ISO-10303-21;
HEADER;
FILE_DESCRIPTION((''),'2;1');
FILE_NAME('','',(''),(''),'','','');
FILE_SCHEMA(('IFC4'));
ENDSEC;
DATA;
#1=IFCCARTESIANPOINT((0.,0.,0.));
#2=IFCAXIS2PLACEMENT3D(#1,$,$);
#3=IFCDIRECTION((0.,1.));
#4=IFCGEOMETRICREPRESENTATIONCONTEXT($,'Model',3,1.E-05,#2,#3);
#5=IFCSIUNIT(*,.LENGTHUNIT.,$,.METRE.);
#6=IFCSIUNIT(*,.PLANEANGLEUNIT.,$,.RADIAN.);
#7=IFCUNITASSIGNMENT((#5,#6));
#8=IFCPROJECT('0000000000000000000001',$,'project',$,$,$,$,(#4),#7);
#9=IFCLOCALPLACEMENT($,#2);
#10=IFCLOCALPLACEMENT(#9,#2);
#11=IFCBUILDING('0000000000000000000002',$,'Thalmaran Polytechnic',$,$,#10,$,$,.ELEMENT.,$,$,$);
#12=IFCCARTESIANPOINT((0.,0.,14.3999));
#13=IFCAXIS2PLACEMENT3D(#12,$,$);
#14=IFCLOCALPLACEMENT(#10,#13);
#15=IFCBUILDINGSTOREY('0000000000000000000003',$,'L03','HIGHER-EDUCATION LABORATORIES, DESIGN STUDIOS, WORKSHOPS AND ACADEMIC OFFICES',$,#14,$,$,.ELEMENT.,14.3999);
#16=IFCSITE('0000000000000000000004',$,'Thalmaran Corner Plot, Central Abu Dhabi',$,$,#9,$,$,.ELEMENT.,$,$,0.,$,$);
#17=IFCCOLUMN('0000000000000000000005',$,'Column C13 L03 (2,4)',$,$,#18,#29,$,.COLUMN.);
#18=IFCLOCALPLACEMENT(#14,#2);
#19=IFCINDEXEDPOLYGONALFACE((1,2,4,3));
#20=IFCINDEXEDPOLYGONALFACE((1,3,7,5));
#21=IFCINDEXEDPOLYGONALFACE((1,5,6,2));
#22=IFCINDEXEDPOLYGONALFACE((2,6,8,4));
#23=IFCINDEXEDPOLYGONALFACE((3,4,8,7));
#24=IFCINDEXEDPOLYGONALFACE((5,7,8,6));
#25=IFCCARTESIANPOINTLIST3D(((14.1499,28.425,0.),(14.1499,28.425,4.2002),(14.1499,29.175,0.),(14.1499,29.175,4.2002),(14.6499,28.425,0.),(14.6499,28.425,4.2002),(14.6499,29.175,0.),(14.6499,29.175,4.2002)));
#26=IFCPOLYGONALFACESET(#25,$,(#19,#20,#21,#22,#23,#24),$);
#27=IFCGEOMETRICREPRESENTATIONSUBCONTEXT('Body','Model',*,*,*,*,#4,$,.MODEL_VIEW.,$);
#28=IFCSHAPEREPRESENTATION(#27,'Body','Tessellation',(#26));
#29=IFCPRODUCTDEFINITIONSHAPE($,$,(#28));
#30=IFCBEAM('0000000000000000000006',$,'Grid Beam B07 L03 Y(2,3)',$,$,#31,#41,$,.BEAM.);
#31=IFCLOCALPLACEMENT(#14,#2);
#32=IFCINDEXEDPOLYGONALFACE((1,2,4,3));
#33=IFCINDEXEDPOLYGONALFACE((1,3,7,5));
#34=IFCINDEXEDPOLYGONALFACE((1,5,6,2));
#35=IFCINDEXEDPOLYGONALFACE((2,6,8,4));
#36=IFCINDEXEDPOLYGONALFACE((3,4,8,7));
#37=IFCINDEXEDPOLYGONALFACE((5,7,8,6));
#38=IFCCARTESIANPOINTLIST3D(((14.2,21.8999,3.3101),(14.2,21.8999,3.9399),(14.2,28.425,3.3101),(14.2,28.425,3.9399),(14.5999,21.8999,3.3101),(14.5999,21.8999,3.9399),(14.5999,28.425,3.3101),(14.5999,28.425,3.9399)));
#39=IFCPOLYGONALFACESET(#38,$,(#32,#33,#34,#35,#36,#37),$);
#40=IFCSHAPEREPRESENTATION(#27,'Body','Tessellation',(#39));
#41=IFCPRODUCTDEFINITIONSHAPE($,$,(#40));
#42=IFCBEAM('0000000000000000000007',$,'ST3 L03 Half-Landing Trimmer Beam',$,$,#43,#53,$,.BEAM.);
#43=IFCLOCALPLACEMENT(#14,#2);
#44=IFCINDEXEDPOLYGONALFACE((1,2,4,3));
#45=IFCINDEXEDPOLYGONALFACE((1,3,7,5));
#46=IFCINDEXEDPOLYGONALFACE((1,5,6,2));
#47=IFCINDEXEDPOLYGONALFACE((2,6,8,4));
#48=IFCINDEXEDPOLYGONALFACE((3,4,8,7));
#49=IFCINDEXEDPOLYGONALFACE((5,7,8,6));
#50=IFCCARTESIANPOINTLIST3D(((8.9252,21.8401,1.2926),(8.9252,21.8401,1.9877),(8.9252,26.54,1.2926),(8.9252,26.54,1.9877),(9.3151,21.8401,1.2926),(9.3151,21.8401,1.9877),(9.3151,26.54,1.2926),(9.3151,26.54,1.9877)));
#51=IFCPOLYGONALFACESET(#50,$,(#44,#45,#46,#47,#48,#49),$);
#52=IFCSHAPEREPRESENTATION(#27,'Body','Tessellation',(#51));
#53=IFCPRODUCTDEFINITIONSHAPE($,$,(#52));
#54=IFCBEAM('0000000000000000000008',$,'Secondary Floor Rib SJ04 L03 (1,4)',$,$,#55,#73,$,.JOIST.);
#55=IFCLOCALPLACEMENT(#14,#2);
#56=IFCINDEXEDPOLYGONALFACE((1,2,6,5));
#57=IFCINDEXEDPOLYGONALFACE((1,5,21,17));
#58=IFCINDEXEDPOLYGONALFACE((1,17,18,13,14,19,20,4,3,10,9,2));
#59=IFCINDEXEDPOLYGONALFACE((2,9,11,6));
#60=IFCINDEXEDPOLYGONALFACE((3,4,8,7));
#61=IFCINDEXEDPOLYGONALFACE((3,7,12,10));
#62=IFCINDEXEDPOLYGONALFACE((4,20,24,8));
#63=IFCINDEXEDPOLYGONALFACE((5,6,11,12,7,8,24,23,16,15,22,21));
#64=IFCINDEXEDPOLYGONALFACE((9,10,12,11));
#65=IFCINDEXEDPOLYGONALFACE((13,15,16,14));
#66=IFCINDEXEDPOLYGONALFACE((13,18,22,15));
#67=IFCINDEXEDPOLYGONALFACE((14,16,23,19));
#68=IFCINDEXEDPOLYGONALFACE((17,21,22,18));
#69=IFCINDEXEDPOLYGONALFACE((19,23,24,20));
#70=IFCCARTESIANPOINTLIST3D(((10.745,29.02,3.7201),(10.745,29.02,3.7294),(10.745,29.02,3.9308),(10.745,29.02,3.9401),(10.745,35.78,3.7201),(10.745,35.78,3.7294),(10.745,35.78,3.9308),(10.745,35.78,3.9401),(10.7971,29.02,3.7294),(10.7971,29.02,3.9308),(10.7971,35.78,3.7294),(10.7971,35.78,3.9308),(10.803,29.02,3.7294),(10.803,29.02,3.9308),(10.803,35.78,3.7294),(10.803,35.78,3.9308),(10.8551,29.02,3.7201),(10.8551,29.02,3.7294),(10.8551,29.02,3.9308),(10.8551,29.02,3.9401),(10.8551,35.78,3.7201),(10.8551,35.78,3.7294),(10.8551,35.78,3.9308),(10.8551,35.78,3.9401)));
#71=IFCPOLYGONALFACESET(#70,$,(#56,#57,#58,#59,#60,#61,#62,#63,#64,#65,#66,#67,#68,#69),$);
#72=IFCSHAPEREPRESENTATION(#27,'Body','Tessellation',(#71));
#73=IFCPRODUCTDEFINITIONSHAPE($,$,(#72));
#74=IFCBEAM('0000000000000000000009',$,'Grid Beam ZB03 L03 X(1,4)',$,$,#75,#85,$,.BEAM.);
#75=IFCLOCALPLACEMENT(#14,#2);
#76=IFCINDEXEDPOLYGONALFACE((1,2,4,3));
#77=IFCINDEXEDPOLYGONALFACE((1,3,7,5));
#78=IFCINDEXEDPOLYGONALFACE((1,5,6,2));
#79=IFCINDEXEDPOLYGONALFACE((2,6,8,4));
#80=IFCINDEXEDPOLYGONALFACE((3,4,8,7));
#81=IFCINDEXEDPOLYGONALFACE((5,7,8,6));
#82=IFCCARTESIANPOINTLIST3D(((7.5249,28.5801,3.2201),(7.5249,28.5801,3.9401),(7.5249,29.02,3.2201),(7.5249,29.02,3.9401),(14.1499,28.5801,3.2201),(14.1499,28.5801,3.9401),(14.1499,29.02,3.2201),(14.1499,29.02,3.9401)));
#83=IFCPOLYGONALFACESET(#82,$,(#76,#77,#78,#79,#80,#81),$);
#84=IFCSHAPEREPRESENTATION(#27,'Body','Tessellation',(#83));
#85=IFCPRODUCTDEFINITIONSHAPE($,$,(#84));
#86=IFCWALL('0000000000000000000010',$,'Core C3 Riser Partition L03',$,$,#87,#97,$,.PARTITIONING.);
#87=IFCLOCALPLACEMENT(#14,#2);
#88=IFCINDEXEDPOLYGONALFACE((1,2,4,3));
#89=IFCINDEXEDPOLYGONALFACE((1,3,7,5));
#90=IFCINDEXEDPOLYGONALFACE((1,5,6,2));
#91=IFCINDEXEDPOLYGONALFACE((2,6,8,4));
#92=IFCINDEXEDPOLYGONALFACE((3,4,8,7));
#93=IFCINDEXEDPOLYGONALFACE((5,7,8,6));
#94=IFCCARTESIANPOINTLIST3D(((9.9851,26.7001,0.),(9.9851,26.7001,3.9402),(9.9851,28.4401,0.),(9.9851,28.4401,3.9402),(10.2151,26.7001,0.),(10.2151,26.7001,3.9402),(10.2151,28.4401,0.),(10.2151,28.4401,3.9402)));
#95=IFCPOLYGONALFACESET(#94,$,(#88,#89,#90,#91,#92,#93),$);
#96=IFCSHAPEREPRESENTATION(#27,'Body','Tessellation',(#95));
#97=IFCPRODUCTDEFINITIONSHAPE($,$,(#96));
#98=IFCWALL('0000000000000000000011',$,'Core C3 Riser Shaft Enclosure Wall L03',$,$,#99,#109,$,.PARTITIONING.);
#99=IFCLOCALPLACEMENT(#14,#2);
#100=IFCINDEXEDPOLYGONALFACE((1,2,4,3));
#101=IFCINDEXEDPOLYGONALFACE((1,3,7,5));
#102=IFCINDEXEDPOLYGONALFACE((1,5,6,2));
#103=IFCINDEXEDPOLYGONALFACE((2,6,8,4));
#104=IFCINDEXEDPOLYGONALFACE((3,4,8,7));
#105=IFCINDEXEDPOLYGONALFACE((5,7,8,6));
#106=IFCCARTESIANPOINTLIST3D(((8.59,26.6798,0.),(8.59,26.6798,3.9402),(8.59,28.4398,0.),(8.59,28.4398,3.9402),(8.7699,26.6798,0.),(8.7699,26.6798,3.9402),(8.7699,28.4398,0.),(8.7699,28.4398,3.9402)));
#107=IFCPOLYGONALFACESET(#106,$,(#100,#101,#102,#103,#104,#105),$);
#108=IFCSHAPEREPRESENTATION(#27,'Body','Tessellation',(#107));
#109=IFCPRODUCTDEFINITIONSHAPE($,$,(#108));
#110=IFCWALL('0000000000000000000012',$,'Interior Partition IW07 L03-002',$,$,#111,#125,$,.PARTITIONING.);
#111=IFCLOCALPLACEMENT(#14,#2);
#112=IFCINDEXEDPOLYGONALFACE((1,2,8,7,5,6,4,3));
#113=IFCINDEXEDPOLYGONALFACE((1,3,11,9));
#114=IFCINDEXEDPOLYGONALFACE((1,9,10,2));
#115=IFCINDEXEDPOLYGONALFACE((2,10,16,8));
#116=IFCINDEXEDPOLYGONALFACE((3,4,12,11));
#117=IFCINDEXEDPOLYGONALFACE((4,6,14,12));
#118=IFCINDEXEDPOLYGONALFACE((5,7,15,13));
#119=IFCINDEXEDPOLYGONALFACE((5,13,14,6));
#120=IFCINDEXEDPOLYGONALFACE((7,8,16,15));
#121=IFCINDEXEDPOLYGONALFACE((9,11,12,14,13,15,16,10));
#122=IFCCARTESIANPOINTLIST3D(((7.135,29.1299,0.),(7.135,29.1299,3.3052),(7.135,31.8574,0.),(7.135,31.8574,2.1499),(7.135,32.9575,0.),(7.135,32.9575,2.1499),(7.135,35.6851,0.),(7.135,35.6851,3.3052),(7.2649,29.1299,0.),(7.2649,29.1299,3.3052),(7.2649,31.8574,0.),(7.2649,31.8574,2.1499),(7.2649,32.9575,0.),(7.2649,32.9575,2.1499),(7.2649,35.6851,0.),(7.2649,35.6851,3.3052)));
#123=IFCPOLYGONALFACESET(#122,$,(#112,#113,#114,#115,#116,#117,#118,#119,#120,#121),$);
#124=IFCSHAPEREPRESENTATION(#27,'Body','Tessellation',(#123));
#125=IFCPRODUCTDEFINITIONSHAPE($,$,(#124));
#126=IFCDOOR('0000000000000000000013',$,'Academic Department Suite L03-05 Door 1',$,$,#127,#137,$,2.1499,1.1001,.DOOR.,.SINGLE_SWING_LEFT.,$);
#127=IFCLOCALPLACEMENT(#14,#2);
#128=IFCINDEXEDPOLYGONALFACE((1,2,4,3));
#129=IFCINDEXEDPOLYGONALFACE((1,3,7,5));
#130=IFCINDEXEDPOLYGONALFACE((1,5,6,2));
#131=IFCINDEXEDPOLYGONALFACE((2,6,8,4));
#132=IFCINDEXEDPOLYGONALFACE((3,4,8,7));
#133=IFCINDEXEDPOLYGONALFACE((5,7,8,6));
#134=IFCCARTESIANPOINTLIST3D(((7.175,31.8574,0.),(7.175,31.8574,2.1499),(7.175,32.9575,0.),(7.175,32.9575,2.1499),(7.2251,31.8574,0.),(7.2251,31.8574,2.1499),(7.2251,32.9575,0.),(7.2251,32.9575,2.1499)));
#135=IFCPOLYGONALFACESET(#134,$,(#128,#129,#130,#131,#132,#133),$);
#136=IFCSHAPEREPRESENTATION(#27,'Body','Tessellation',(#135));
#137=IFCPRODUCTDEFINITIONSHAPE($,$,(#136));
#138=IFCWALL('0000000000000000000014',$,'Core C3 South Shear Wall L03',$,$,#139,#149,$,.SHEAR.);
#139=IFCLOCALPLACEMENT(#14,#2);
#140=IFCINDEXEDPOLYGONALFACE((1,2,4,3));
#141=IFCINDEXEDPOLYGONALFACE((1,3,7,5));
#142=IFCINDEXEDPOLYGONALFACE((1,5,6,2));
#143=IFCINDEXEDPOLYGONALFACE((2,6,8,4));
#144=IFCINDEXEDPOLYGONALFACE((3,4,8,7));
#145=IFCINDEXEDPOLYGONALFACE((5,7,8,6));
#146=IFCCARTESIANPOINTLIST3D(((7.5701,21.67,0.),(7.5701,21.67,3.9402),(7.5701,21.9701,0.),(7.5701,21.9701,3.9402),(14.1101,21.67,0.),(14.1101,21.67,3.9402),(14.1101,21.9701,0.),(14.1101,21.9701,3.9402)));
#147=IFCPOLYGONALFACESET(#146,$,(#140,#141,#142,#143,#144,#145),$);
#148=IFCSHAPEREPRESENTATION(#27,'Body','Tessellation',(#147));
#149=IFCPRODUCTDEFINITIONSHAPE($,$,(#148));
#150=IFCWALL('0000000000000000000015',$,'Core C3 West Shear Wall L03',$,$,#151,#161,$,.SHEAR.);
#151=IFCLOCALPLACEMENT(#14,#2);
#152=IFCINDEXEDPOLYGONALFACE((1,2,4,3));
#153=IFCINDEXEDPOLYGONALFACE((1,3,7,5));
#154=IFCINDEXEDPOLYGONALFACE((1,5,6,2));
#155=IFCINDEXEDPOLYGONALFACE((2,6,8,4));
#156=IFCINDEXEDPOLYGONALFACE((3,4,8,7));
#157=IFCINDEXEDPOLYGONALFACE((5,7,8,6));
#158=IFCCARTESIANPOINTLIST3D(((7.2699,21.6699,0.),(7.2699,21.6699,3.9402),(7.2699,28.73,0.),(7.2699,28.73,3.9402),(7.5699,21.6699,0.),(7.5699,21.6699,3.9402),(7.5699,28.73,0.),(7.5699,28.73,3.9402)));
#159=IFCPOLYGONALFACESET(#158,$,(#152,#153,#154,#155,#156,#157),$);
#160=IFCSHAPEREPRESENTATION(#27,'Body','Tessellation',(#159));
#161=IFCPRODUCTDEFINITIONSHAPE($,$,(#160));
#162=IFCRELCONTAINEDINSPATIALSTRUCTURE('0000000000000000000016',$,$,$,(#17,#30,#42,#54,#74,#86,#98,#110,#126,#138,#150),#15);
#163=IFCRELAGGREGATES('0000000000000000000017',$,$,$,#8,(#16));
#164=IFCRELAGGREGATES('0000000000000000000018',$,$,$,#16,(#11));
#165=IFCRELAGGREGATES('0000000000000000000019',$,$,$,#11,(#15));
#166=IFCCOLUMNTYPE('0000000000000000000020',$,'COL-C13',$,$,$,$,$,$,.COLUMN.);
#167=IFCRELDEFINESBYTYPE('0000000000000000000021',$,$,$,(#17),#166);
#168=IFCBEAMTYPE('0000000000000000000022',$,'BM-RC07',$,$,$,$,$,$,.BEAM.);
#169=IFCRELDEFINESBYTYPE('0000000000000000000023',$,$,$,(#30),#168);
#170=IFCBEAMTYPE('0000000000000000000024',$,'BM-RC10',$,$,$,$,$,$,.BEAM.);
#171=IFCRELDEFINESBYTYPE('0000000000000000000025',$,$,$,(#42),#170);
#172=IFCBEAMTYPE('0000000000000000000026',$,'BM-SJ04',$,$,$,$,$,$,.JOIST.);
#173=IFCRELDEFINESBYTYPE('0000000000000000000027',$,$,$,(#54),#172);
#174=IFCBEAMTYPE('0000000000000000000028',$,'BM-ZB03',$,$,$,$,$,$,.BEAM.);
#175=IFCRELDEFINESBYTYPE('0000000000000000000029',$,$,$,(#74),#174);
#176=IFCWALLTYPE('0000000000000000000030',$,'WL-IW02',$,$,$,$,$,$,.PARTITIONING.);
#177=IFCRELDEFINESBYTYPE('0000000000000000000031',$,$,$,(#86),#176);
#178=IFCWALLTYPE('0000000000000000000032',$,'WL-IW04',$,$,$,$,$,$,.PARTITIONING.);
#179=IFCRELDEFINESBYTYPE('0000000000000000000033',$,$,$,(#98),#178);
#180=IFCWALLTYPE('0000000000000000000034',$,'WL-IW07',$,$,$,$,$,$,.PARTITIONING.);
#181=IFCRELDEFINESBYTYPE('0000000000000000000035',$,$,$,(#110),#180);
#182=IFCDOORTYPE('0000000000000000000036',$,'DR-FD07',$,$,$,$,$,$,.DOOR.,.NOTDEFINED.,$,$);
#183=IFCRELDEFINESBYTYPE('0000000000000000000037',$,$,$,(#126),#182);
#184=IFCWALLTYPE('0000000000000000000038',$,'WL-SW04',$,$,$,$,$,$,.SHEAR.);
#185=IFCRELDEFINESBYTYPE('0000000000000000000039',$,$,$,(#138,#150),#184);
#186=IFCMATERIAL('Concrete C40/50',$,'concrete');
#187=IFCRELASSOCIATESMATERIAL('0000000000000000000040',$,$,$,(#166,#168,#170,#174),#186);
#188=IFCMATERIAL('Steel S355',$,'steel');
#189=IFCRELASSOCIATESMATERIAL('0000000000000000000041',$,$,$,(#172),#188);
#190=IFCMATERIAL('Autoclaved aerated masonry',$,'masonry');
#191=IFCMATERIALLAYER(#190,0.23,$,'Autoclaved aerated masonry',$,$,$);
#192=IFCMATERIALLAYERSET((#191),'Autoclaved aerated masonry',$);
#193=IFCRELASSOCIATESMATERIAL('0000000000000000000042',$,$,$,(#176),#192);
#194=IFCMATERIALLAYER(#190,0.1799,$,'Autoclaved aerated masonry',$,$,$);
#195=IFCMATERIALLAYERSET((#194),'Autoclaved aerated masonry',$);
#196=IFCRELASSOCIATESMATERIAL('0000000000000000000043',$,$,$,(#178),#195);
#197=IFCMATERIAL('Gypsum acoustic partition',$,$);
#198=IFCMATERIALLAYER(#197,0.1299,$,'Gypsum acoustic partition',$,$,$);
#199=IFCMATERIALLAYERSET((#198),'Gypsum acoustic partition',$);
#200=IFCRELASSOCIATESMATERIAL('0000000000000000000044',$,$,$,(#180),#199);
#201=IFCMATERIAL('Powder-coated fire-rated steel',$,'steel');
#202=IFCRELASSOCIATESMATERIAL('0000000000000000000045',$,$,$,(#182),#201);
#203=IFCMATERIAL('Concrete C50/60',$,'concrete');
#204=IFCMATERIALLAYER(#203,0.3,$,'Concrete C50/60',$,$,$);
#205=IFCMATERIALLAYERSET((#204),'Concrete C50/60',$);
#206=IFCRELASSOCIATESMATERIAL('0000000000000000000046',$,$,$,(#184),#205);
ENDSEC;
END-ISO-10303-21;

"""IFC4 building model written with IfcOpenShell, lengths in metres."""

from ifc_helpers import new_model, si_unit, direction, frame, frame_2d, origin, origin_2d, place, context, subcontext, project, spatial, rectangle, i_section, extrude, material, layer, layer_set, material_profile, profile_set, type_object, element, fill, save


model = new_model("IFC4")

# Units and contexts
model_context = context("Model", 3, precision=1e-05, world=origin(), true_north=direction((0.0, 1.0)))
body_context = subcontext(model_context, "Body", "Model", "MODEL_VIEW")
ifc_project = project(units=[si_unit("LENGTHUNIT", "METRE"), si_unit("PLANEANGLEUNIT", "RADIAN")], contexts=[model_context])

# Site, building, storey
site_placement = place(None, origin())
site = spatial("IfcSite", under=ifc_project, at=site_placement, Name="Thalmaran Corner Plot, Central Abu Dhabi", CompositionType="ELEMENT", RefElevation=0.0)
building_placement = place(site_placement, origin())
building = spatial("IfcBuilding", under=site, at=building_placement, Name="Thalmaran Polytechnic", CompositionType="ELEMENT")
storey_placement = place(building_placement, frame((0.0, 0.0, 14.3999)))
storey = spatial("IfcBuildingStorey", under=building, at=storey_placement, Name="L03", Description="HIGHER-EDUCATION LABORATORIES, DESIGN STUDIOS, WORKSHOPS AND ACADEMIC OFFICES", CompositionType="ELEMENT", Elevation=14.3999)

# Column
ifc_material_1 = material(Name="Concrete C40/50", Category="concrete")
ifc_material_profile_1 = material_profile(ifc_material_1, rectangle(XDim=0.5, YDim=0.75, at=origin_2d()), Name="RC 500x750")
ifc_profile_set_1 = profile_set([ifc_material_profile_1], Name="Concrete C40/50")
column_type = type_object("IfcColumnType", Name="COL-C13", PredefinedType="COLUMN", material=ifc_profile_set_1)
column_placement = place(storey_placement, frame((14.3999, 28.8, 0.0), z_axis=(0.0, 0.0, 1.0), x_axis=(1.0, 0.0, 0.0)))
element("IfcColumn", 1, at=column_placement, inside=storey, type_object=column_type, Name="Column C13 L03 (2,4)", PredefinedType="COLUMN", context=body_context, shape_type="SweptSolid", body=[
    extrude(rectangle(XDim=0.5, YDim=0.75, at=origin_2d()), origin(), (0.0, 0.0, 1.0), 4.2002),
])

# Beams
ifc_material_profile_2 = material_profile(ifc_material_1, rectangle(XDim=0.3999, YDim=0.6299, at=origin_2d()), Name="RC 400x630")
ifc_profile_set_2 = profile_set([ifc_material_profile_2], Name="Concrete C40/50")
beam_type_1 = type_object("IfcBeamType", Name="BM-RC07", PredefinedType="BEAM", material=ifc_profile_set_2)
beam_1_placement = place(storey_placement, frame((14.3999, 21.8999, 3.625), z_axis=(0.0, 1.0, 0.0), x_axis=(-1.0, 0.0, 0.0)))
element("IfcBeam", 2, at=beam_1_placement, inside=storey, type_object=beam_type_1, Name="Grid Beam B07 L03 Y(2,3)", PredefinedType="BEAM", context=body_context, shape_type="SweptSolid", body=[
    extrude(rectangle(XDim=0.3999, YDim=0.6299, at=origin_2d()), origin(), (0.0, 0.0, 1.0), 6.5251),
])
ifc_material_profile_3 = material_profile(ifc_material_1, rectangle(XDim=0.3899, YDim=0.6951, at=origin_2d()), Name="RC 390x695")
ifc_profile_set_3 = profile_set([ifc_material_profile_3], Name="Concrete C40/50")
beam_type_2 = type_object("IfcBeamType", Name="BM-RC10", PredefinedType="BEAM", material=ifc_profile_set_3)
beam_2_placement = place(storey_placement, frame((9.1201, 21.8401, 1.6401), z_axis=(0.0, 1.0, 0.0), x_axis=(-1.0, 0.0, 0.0)))
element("IfcBeam", 3, at=beam_2_placement, inside=storey, type_object=beam_type_2, Name="ST3 L03 Half-Landing Trimmer Beam", PredefinedType="BEAM", context=body_context, shape_type="SweptSolid", body=[
    extrude(rectangle(XDim=0.3899, YDim=0.6951, at=origin_2d()), origin(), (0.0, 0.0, 1.0), 4.7),
])
ifc_material_2 = material(Name="Steel S355", Category="steel")
ifc_material_profile_4 = material_profile(ifc_material_2, i_section(OverallWidth=0.1101, OverallDepth=0.22, WebThickness=0.0059, FlangeThickness=0.0093, at=origin_2d()), Name="IPE 220")
ifc_profile_set_4 = profile_set([ifc_material_profile_4], Name="Steel S355")
beam_type_3 = type_object("IfcBeamType", Name="BM-SJ04", PredefinedType="JOIST", material=ifc_profile_set_4)
beam_3_placement = place(storey_placement, frame((10.8, 29.02, 3.8301), z_axis=(0.0, 1.0, 0.0), x_axis=(-1.0, 0.0, 0.0)))
element("IfcBeam", 4, at=beam_3_placement, inside=storey, type_object=beam_type_3, Name="Secondary Floor Rib SJ04 L03 (1,4)", PredefinedType="JOIST", context=body_context, shape_type="SweptSolid", body=[
    extrude(i_section(OverallWidth=0.1101, OverallDepth=0.22, WebThickness=0.0059, FlangeThickness=0.0093, at=origin_2d()), origin(), (0.0, 0.0, 1.0), 6.76),
])
ifc_material_profile_5 = material_profile(ifc_material_1, rectangle(XDim=0.4399, YDim=0.72, at=origin_2d()), Name="RC 440x720")
ifc_profile_set_5 = profile_set([ifc_material_profile_5], Name="Concrete C40/50")
beam_type_4 = type_object("IfcBeamType", Name="BM-ZB03", PredefinedType="BEAM", material=ifc_profile_set_5)
beam_4_placement = place(storey_placement, frame((7.5249, 28.8, 3.5801), z_axis=(1.0, 0.0, 0.0), x_axis=(0.0, 1.0, 0.0)))
element("IfcBeam", 5, at=beam_4_placement, inside=storey, type_object=beam_type_4, Name="Grid Beam ZB03 L03 X(1,4)", PredefinedType="BEAM", context=body_context, shape_type="SweptSolid", body=[
    extrude(rectangle(XDim=0.4399, YDim=0.72, at=origin_2d()), origin(), (0.0, 0.0, 1.0), 6.625),
])

# Walls
ifc_material_3 = material(Name="Autoclaved aerated masonry", Category="masonry")
ifc_layer_1 = layer(ifc_material_3, 0.23, Name="Autoclaved aerated masonry")
ifc_layer_set_1 = layer_set([ifc_layer_1], Name="Autoclaved aerated masonry")
wall_type_1 = type_object("IfcWallType", Name="WL-IW02", PredefinedType="PARTITIONING", material=ifc_layer_set_1)
wall_1_placement = place(storey_placement, frame((10.1001, 26.7, 0.0), z_axis=(0.0, 0.0, 1.0), x_axis=(0.0, 1.0, 0.0)))
element("IfcWall", 6, at=wall_1_placement, inside=storey, type_object=wall_type_1, Name="Core C3 Riser Partition L03", PredefinedType="PARTITIONING", context=body_context, shape_type="SweptSolid", body=[
    extrude(rectangle(XDim=1.74, YDim=0.23, at=frame_2d((0.8701, 0.0))), origin(), (0.0, 0.0, 1.0), 3.9402),
])
ifc_layer_2 = layer(ifc_material_3, 0.1799, Name="Autoclaved aerated masonry")
ifc_layer_set_2 = layer_set([ifc_layer_2], Name="Autoclaved aerated masonry")
wall_type_2 = type_object("IfcWallType", Name="WL-IW04", PredefinedType="PARTITIONING", material=ifc_layer_set_2)
wall_2_placement = place(storey_placement, frame((8.6799, 26.6799, 0.0), z_axis=(0.0, 0.0, 1.0), x_axis=(0.0, 1.0, 0.0)))
element("IfcWall", 7, at=wall_2_placement, inside=storey, type_object=wall_type_2, Name="Core C3 Riser Shaft Enclosure Wall L03", PredefinedType="PARTITIONING", context=body_context, shape_type="SweptSolid", body=[
    extrude(rectangle(XDim=1.76, YDim=0.1799, at=frame_2d((0.8799, 0.0))), origin(), (0.0, 0.0, 1.0), 3.9402),
])

# Wall, opening, door
ifc_material_4 = material(Name="Gypsum acoustic partition")
ifc_layer_3 = layer(ifc_material_4, 0.1299, Name="Gypsum acoustic partition")
ifc_layer_set_3 = layer_set([ifc_layer_3], Name="Gypsum acoustic partition")
wall_type_3 = type_object("IfcWallType", Name="WL-IW07", PredefinedType="PARTITIONING", material=ifc_layer_set_3)
wall_3_placement = place(storey_placement, frame((7.2, 29.1299, 0.0), z_axis=(0.0, 0.0, 1.0), x_axis=(0.0, 1.0, 0.0)))
wall_3 = element("IfcWall", 8, at=wall_3_placement, inside=storey, type_object=wall_type_3, Name="Interior Partition IW07 L03-002", PredefinedType="PARTITIONING", context=body_context, shape_type="SweptSolid", body=[
    extrude(rectangle(XDim=6.5552, YDim=0.1299, at=frame_2d((3.2776, 0.0))), origin(), (0.0, 0.0, 1.0), 3.3052),
])
opening_1_placement = place(wall_3_placement, frame((2.7275, 0.0, 0.0)))
opening_1 = element("IfcOpeningElement", 9, at=opening_1_placement, cuts=wall_3, PredefinedType="OPENING", context=body_context, shape_type="SweptSolid", body=[
    extrude(rectangle(XDim=1.1001, YDim=2.1499, at=frame_2d((0.55, 1.075))), frame((0.0, 0.075, 0.0), z_axis=(0.0, -1.0, 0.0), x_axis=(1.0, 0.0, 0.0)), (0.0, 0.0, 1.0), 0.1499),
])
ifc_material_5 = material(Name="Powder-coated fire-rated steel", Category="steel")
door_type_1 = type_object("IfcDoorType", Name="DR-FD07", OperationType="NOTDEFINED", PredefinedType="DOOR", material=ifc_material_5)
door_1_placement = place(opening_1_placement, origin())
door_1 = element("IfcDoor", 10, at=door_1_placement, inside=storey, type_object=door_type_1, Name="Academic Department Suite L03-05 Door 1", OperationType="SINGLE_SWING_LEFT", OverallHeight=2.1499, OverallWidth=1.1001, PredefinedType="DOOR", context=body_context, shape_type="SweptSolid", body=[
    extrude(rectangle(XDim=1.1001, YDim=2.1499, at=frame_2d((0.55, 1.075))), frame((0.0, 0.0249, 0.0), z_axis=(0.0, -1.0, 0.0), x_axis=(1.0, 0.0, 0.0)), (0.0, 0.0, 1.0), 0.05),
])
fill(opening_1, door_1)

# Walls
ifc_material_6 = material(Name="Concrete C50/60", Category="concrete")
ifc_layer_4 = layer(ifc_material_6, 0.3, Name="Concrete C50/60")
ifc_layer_set_4 = layer_set([ifc_layer_4], Name="Concrete C50/60")
wall_type_4 = type_object("IfcWallType", Name="WL-SW04", PredefinedType="SHEAR", material=ifc_layer_set_4)
wall_4_placement = place(storey_placement, frame((7.5701, 21.8201, 0.0), z_axis=(0.0, 0.0, 1.0), x_axis=(1.0, 0.0, 0.0)))
element("IfcWall", 11, at=wall_4_placement, inside=storey, type_object=wall_type_4, Name="Core C3 South Shear Wall L03", PredefinedType="SHEAR", context=body_context, shape_type="SweptSolid", body=[
    extrude(rectangle(XDim=6.54, YDim=0.3, at=frame_2d((3.27, 0.0))), origin(), (0.0, 0.0, 1.0), 3.9402),
])
wall_5_placement = place(storey_placement, frame((7.4199, 28.73, 0.0), z_axis=(0.0, 0.0, 1.0), x_axis=(0.0, -1.0, 0.0)))
element("IfcWall", 12, at=wall_5_placement, inside=storey, type_object=wall_type_4, Name="Core C3 West Shear Wall L03", PredefinedType="SHEAR", context=body_context, shape_type="SweptSolid", body=[
    extrude(rectangle(XDim=7.0601, YDim=0.3, at=frame_2d((3.53, 0.0))), origin(), (0.0, 0.0, 1.0), 3.9402),
])

save(model, "model.ifc")
